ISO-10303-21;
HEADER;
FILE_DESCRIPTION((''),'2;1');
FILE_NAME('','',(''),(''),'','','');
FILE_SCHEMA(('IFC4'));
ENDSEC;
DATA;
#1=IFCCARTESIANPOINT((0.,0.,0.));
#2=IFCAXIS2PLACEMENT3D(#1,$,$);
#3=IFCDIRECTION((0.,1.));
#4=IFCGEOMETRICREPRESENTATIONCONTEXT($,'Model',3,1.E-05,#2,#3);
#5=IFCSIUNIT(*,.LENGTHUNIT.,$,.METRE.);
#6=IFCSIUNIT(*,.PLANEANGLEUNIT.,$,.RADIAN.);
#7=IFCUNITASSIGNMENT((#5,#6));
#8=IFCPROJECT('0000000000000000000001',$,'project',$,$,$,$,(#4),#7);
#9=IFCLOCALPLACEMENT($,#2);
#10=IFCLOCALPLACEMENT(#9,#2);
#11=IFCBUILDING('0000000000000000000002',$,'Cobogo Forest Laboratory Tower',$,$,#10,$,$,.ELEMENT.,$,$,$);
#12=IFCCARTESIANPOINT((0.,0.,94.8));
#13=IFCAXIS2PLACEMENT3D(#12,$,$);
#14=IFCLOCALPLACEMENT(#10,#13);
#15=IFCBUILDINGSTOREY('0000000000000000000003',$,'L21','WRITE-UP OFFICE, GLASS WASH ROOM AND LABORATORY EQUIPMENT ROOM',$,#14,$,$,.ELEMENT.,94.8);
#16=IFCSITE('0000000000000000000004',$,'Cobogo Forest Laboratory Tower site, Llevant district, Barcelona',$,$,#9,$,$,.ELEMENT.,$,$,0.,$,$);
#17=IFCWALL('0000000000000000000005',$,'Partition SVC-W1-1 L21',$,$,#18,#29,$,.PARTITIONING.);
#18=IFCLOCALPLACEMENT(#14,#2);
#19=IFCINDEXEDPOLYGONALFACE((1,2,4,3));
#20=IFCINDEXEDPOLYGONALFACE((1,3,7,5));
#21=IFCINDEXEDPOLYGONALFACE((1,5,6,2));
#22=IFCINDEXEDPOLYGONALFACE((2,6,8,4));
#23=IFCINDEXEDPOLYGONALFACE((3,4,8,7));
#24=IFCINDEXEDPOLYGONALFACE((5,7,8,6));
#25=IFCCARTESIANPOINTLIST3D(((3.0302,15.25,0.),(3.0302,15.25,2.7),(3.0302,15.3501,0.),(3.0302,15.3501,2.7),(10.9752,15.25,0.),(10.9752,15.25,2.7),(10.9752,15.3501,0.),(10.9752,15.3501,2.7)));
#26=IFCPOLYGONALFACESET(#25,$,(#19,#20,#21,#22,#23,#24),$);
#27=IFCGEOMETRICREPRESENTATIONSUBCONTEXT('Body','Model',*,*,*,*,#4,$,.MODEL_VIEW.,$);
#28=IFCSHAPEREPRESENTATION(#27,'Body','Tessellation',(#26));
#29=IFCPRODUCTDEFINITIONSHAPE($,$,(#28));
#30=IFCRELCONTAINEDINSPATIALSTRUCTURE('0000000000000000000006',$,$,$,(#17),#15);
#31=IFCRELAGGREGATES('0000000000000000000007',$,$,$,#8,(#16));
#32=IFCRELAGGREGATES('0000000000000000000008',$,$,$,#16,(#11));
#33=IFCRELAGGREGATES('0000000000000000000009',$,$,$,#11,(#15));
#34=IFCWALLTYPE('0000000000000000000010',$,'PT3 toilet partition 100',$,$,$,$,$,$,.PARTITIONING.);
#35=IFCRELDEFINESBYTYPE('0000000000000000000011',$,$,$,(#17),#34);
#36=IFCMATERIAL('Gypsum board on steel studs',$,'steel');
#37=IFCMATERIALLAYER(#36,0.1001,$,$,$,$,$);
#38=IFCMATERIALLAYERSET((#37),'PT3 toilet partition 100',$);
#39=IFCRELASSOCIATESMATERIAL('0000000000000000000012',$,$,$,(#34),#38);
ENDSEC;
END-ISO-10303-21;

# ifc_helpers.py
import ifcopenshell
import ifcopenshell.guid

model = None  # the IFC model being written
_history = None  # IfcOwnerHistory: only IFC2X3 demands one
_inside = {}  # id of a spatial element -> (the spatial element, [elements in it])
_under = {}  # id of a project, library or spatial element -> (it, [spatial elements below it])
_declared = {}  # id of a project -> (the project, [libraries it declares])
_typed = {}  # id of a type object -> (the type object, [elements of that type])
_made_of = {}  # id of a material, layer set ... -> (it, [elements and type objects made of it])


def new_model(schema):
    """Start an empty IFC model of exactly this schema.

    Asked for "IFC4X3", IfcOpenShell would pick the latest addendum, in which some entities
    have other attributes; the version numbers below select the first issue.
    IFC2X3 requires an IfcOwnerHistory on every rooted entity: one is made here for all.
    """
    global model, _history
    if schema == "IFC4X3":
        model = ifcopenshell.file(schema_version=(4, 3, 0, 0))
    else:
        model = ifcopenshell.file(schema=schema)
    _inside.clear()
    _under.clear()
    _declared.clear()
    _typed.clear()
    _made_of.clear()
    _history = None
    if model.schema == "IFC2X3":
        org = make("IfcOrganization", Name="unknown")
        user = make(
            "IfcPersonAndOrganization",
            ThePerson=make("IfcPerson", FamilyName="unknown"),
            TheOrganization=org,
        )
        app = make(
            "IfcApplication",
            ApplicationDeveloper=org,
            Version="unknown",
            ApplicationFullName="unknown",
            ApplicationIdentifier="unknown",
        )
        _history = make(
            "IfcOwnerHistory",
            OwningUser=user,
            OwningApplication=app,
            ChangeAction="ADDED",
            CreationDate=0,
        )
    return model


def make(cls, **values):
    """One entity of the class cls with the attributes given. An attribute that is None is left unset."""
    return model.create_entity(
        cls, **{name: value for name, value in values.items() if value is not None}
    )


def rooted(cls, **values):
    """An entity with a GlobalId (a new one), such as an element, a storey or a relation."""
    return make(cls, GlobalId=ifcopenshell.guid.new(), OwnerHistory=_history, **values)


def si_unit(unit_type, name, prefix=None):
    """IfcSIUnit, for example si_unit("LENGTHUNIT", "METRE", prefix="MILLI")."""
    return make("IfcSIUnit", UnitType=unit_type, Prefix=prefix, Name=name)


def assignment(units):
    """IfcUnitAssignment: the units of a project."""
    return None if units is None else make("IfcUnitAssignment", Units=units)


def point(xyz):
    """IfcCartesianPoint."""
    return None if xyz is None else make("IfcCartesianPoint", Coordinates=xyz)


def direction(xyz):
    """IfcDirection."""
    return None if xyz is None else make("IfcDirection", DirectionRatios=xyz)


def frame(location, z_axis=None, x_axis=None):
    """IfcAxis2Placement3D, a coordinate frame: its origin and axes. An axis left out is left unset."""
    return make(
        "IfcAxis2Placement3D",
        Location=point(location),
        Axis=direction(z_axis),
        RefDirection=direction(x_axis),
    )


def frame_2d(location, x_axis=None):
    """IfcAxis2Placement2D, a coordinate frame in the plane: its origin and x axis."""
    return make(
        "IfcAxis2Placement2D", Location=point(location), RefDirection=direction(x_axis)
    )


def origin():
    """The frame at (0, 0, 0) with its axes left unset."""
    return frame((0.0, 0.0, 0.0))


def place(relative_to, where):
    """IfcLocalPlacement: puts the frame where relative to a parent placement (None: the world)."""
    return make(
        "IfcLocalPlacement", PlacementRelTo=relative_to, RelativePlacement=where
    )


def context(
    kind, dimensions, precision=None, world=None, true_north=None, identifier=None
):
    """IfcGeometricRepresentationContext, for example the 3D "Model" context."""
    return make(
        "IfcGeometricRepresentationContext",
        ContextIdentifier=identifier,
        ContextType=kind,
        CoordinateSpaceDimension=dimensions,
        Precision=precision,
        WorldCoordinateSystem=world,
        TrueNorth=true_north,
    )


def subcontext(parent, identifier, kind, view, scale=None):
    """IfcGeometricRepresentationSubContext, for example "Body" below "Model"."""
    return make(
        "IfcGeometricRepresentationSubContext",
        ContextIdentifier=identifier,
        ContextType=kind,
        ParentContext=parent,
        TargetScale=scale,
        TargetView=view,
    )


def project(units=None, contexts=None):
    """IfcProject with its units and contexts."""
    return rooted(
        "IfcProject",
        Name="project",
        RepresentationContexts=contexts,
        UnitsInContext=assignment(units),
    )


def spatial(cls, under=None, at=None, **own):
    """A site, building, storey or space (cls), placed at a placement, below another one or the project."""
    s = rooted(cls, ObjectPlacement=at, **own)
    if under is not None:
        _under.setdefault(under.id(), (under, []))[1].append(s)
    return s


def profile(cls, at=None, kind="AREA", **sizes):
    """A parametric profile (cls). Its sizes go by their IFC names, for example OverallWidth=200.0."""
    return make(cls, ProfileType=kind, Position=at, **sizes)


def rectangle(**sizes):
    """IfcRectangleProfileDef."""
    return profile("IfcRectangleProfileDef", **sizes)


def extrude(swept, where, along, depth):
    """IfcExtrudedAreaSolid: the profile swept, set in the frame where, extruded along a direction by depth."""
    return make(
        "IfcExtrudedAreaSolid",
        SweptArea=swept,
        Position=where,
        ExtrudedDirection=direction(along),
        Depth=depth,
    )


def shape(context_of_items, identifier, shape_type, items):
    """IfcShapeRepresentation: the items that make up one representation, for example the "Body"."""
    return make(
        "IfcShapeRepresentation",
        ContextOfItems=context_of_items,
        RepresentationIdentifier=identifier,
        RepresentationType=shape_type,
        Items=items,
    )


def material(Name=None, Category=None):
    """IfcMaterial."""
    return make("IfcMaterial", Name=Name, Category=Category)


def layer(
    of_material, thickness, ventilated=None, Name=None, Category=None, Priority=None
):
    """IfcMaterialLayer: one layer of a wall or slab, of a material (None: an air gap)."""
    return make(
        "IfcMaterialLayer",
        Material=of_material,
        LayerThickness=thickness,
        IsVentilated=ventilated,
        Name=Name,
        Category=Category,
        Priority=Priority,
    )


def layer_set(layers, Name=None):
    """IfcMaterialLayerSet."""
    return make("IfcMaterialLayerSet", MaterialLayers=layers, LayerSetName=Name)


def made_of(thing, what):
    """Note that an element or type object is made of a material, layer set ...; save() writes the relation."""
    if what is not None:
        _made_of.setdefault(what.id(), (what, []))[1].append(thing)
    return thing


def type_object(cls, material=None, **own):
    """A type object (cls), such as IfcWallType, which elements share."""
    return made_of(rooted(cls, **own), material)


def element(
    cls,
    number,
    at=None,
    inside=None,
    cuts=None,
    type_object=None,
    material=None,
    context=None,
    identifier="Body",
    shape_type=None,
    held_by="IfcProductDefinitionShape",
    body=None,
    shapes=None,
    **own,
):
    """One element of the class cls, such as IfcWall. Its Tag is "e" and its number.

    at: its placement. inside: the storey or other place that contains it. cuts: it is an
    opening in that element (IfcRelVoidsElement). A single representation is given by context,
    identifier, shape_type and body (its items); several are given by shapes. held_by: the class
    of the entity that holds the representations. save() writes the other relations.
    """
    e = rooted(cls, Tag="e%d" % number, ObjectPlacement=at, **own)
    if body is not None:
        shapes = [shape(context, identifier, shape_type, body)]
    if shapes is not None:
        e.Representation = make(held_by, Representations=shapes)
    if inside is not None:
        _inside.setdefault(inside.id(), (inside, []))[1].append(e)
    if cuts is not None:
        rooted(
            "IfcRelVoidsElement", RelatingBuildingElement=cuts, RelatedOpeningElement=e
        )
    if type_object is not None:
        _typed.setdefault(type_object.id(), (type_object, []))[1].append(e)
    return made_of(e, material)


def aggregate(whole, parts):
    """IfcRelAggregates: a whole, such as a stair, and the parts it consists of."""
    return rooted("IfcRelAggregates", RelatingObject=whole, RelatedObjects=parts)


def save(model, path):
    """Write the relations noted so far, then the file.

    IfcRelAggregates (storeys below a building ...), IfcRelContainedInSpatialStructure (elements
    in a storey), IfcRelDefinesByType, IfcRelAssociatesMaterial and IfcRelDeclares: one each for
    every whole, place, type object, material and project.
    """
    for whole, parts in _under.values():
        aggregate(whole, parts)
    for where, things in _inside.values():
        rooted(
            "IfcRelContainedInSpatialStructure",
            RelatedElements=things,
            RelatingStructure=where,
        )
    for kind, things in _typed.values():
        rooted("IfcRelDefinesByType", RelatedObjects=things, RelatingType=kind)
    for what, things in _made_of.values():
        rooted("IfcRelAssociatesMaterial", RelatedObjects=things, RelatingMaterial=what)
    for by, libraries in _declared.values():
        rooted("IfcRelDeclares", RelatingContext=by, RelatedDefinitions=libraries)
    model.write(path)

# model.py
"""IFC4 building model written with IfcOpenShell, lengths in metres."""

from ifc_helpers import new_model, si_unit, direction, frame, frame_2d, origin, place, context, subcontext, project, spatial, rectangle, extrude, material, layer, layer_set, type_object, element, save


model = new_model("IFC4")

# Units and contexts
model_context = context("Model", 3, precision=1e-05, world=origin(), true_north=direction((0.0, 1.0)))
body_context = subcontext(model_context, "Body", "Model", "MODEL_VIEW")
ifc_project = project(units=[si_unit("LENGTHUNIT", "METRE"), si_unit("PLANEANGLEUNIT", "RADIAN")], contexts=[model_context])

# Site, building, storey
site_placement = place(None, origin())
site = spatial("IfcSite", under=ifc_project, at=site_placement, Name="Cobogo Forest Laboratory Tower site, Llevant district, Barcelona", CompositionType="ELEMENT", RefElevation=0.0)
building_placement = place(site_placement, origin())
building = spatial("IfcBuilding", under=site, at=building_placement, Name="Cobogo Forest Laboratory Tower", CompositionType="ELEMENT")
storey_placement = place(building_placement, frame((0.0, 0.0, 94.8)))
storey = spatial("IfcBuildingStorey", under=building, at=storey_placement, Name="L21", Description="WRITE-UP OFFICE, GLASS WASH ROOM AND LABORATORY EQUIPMENT ROOM", CompositionType="ELEMENT", Elevation=94.8)

# Wall
ifc_material_1 = material(Name="Gypsum board on steel studs", Category="steel")
ifc_layer_1 = layer(ifc_material_1, 0.1001)
ifc_layer_set_1 = layer_set([ifc_layer_1], Name="PT3 toilet partition 100")
wall_type = type_object("IfcWallType", Name="PT3 toilet partition 100", PredefinedType="PARTITIONING", material=ifc_layer_set_1)
wall_placement = place(storey_placement, frame((3.03, 15.3, 0.0), z_axis=(0.0, 0.0, 1.0), x_axis=(1.0, 0.0, 0.0)))
element("IfcWall", 1, at=wall_placement, inside=storey, type_object=wall_type, Name="Partition SVC-W1-1 L21", PredefinedType="PARTITIONING", context=body_context, shape_type="SweptSolid", body=[
    extrude(rectangle(XDim=7.9451, YDim=0.1001, at=frame_2d((3.9727, 0.0))), origin(), (0.0, 0.0, 1.0), 2.7),
])

save(model, "model.ifc")
